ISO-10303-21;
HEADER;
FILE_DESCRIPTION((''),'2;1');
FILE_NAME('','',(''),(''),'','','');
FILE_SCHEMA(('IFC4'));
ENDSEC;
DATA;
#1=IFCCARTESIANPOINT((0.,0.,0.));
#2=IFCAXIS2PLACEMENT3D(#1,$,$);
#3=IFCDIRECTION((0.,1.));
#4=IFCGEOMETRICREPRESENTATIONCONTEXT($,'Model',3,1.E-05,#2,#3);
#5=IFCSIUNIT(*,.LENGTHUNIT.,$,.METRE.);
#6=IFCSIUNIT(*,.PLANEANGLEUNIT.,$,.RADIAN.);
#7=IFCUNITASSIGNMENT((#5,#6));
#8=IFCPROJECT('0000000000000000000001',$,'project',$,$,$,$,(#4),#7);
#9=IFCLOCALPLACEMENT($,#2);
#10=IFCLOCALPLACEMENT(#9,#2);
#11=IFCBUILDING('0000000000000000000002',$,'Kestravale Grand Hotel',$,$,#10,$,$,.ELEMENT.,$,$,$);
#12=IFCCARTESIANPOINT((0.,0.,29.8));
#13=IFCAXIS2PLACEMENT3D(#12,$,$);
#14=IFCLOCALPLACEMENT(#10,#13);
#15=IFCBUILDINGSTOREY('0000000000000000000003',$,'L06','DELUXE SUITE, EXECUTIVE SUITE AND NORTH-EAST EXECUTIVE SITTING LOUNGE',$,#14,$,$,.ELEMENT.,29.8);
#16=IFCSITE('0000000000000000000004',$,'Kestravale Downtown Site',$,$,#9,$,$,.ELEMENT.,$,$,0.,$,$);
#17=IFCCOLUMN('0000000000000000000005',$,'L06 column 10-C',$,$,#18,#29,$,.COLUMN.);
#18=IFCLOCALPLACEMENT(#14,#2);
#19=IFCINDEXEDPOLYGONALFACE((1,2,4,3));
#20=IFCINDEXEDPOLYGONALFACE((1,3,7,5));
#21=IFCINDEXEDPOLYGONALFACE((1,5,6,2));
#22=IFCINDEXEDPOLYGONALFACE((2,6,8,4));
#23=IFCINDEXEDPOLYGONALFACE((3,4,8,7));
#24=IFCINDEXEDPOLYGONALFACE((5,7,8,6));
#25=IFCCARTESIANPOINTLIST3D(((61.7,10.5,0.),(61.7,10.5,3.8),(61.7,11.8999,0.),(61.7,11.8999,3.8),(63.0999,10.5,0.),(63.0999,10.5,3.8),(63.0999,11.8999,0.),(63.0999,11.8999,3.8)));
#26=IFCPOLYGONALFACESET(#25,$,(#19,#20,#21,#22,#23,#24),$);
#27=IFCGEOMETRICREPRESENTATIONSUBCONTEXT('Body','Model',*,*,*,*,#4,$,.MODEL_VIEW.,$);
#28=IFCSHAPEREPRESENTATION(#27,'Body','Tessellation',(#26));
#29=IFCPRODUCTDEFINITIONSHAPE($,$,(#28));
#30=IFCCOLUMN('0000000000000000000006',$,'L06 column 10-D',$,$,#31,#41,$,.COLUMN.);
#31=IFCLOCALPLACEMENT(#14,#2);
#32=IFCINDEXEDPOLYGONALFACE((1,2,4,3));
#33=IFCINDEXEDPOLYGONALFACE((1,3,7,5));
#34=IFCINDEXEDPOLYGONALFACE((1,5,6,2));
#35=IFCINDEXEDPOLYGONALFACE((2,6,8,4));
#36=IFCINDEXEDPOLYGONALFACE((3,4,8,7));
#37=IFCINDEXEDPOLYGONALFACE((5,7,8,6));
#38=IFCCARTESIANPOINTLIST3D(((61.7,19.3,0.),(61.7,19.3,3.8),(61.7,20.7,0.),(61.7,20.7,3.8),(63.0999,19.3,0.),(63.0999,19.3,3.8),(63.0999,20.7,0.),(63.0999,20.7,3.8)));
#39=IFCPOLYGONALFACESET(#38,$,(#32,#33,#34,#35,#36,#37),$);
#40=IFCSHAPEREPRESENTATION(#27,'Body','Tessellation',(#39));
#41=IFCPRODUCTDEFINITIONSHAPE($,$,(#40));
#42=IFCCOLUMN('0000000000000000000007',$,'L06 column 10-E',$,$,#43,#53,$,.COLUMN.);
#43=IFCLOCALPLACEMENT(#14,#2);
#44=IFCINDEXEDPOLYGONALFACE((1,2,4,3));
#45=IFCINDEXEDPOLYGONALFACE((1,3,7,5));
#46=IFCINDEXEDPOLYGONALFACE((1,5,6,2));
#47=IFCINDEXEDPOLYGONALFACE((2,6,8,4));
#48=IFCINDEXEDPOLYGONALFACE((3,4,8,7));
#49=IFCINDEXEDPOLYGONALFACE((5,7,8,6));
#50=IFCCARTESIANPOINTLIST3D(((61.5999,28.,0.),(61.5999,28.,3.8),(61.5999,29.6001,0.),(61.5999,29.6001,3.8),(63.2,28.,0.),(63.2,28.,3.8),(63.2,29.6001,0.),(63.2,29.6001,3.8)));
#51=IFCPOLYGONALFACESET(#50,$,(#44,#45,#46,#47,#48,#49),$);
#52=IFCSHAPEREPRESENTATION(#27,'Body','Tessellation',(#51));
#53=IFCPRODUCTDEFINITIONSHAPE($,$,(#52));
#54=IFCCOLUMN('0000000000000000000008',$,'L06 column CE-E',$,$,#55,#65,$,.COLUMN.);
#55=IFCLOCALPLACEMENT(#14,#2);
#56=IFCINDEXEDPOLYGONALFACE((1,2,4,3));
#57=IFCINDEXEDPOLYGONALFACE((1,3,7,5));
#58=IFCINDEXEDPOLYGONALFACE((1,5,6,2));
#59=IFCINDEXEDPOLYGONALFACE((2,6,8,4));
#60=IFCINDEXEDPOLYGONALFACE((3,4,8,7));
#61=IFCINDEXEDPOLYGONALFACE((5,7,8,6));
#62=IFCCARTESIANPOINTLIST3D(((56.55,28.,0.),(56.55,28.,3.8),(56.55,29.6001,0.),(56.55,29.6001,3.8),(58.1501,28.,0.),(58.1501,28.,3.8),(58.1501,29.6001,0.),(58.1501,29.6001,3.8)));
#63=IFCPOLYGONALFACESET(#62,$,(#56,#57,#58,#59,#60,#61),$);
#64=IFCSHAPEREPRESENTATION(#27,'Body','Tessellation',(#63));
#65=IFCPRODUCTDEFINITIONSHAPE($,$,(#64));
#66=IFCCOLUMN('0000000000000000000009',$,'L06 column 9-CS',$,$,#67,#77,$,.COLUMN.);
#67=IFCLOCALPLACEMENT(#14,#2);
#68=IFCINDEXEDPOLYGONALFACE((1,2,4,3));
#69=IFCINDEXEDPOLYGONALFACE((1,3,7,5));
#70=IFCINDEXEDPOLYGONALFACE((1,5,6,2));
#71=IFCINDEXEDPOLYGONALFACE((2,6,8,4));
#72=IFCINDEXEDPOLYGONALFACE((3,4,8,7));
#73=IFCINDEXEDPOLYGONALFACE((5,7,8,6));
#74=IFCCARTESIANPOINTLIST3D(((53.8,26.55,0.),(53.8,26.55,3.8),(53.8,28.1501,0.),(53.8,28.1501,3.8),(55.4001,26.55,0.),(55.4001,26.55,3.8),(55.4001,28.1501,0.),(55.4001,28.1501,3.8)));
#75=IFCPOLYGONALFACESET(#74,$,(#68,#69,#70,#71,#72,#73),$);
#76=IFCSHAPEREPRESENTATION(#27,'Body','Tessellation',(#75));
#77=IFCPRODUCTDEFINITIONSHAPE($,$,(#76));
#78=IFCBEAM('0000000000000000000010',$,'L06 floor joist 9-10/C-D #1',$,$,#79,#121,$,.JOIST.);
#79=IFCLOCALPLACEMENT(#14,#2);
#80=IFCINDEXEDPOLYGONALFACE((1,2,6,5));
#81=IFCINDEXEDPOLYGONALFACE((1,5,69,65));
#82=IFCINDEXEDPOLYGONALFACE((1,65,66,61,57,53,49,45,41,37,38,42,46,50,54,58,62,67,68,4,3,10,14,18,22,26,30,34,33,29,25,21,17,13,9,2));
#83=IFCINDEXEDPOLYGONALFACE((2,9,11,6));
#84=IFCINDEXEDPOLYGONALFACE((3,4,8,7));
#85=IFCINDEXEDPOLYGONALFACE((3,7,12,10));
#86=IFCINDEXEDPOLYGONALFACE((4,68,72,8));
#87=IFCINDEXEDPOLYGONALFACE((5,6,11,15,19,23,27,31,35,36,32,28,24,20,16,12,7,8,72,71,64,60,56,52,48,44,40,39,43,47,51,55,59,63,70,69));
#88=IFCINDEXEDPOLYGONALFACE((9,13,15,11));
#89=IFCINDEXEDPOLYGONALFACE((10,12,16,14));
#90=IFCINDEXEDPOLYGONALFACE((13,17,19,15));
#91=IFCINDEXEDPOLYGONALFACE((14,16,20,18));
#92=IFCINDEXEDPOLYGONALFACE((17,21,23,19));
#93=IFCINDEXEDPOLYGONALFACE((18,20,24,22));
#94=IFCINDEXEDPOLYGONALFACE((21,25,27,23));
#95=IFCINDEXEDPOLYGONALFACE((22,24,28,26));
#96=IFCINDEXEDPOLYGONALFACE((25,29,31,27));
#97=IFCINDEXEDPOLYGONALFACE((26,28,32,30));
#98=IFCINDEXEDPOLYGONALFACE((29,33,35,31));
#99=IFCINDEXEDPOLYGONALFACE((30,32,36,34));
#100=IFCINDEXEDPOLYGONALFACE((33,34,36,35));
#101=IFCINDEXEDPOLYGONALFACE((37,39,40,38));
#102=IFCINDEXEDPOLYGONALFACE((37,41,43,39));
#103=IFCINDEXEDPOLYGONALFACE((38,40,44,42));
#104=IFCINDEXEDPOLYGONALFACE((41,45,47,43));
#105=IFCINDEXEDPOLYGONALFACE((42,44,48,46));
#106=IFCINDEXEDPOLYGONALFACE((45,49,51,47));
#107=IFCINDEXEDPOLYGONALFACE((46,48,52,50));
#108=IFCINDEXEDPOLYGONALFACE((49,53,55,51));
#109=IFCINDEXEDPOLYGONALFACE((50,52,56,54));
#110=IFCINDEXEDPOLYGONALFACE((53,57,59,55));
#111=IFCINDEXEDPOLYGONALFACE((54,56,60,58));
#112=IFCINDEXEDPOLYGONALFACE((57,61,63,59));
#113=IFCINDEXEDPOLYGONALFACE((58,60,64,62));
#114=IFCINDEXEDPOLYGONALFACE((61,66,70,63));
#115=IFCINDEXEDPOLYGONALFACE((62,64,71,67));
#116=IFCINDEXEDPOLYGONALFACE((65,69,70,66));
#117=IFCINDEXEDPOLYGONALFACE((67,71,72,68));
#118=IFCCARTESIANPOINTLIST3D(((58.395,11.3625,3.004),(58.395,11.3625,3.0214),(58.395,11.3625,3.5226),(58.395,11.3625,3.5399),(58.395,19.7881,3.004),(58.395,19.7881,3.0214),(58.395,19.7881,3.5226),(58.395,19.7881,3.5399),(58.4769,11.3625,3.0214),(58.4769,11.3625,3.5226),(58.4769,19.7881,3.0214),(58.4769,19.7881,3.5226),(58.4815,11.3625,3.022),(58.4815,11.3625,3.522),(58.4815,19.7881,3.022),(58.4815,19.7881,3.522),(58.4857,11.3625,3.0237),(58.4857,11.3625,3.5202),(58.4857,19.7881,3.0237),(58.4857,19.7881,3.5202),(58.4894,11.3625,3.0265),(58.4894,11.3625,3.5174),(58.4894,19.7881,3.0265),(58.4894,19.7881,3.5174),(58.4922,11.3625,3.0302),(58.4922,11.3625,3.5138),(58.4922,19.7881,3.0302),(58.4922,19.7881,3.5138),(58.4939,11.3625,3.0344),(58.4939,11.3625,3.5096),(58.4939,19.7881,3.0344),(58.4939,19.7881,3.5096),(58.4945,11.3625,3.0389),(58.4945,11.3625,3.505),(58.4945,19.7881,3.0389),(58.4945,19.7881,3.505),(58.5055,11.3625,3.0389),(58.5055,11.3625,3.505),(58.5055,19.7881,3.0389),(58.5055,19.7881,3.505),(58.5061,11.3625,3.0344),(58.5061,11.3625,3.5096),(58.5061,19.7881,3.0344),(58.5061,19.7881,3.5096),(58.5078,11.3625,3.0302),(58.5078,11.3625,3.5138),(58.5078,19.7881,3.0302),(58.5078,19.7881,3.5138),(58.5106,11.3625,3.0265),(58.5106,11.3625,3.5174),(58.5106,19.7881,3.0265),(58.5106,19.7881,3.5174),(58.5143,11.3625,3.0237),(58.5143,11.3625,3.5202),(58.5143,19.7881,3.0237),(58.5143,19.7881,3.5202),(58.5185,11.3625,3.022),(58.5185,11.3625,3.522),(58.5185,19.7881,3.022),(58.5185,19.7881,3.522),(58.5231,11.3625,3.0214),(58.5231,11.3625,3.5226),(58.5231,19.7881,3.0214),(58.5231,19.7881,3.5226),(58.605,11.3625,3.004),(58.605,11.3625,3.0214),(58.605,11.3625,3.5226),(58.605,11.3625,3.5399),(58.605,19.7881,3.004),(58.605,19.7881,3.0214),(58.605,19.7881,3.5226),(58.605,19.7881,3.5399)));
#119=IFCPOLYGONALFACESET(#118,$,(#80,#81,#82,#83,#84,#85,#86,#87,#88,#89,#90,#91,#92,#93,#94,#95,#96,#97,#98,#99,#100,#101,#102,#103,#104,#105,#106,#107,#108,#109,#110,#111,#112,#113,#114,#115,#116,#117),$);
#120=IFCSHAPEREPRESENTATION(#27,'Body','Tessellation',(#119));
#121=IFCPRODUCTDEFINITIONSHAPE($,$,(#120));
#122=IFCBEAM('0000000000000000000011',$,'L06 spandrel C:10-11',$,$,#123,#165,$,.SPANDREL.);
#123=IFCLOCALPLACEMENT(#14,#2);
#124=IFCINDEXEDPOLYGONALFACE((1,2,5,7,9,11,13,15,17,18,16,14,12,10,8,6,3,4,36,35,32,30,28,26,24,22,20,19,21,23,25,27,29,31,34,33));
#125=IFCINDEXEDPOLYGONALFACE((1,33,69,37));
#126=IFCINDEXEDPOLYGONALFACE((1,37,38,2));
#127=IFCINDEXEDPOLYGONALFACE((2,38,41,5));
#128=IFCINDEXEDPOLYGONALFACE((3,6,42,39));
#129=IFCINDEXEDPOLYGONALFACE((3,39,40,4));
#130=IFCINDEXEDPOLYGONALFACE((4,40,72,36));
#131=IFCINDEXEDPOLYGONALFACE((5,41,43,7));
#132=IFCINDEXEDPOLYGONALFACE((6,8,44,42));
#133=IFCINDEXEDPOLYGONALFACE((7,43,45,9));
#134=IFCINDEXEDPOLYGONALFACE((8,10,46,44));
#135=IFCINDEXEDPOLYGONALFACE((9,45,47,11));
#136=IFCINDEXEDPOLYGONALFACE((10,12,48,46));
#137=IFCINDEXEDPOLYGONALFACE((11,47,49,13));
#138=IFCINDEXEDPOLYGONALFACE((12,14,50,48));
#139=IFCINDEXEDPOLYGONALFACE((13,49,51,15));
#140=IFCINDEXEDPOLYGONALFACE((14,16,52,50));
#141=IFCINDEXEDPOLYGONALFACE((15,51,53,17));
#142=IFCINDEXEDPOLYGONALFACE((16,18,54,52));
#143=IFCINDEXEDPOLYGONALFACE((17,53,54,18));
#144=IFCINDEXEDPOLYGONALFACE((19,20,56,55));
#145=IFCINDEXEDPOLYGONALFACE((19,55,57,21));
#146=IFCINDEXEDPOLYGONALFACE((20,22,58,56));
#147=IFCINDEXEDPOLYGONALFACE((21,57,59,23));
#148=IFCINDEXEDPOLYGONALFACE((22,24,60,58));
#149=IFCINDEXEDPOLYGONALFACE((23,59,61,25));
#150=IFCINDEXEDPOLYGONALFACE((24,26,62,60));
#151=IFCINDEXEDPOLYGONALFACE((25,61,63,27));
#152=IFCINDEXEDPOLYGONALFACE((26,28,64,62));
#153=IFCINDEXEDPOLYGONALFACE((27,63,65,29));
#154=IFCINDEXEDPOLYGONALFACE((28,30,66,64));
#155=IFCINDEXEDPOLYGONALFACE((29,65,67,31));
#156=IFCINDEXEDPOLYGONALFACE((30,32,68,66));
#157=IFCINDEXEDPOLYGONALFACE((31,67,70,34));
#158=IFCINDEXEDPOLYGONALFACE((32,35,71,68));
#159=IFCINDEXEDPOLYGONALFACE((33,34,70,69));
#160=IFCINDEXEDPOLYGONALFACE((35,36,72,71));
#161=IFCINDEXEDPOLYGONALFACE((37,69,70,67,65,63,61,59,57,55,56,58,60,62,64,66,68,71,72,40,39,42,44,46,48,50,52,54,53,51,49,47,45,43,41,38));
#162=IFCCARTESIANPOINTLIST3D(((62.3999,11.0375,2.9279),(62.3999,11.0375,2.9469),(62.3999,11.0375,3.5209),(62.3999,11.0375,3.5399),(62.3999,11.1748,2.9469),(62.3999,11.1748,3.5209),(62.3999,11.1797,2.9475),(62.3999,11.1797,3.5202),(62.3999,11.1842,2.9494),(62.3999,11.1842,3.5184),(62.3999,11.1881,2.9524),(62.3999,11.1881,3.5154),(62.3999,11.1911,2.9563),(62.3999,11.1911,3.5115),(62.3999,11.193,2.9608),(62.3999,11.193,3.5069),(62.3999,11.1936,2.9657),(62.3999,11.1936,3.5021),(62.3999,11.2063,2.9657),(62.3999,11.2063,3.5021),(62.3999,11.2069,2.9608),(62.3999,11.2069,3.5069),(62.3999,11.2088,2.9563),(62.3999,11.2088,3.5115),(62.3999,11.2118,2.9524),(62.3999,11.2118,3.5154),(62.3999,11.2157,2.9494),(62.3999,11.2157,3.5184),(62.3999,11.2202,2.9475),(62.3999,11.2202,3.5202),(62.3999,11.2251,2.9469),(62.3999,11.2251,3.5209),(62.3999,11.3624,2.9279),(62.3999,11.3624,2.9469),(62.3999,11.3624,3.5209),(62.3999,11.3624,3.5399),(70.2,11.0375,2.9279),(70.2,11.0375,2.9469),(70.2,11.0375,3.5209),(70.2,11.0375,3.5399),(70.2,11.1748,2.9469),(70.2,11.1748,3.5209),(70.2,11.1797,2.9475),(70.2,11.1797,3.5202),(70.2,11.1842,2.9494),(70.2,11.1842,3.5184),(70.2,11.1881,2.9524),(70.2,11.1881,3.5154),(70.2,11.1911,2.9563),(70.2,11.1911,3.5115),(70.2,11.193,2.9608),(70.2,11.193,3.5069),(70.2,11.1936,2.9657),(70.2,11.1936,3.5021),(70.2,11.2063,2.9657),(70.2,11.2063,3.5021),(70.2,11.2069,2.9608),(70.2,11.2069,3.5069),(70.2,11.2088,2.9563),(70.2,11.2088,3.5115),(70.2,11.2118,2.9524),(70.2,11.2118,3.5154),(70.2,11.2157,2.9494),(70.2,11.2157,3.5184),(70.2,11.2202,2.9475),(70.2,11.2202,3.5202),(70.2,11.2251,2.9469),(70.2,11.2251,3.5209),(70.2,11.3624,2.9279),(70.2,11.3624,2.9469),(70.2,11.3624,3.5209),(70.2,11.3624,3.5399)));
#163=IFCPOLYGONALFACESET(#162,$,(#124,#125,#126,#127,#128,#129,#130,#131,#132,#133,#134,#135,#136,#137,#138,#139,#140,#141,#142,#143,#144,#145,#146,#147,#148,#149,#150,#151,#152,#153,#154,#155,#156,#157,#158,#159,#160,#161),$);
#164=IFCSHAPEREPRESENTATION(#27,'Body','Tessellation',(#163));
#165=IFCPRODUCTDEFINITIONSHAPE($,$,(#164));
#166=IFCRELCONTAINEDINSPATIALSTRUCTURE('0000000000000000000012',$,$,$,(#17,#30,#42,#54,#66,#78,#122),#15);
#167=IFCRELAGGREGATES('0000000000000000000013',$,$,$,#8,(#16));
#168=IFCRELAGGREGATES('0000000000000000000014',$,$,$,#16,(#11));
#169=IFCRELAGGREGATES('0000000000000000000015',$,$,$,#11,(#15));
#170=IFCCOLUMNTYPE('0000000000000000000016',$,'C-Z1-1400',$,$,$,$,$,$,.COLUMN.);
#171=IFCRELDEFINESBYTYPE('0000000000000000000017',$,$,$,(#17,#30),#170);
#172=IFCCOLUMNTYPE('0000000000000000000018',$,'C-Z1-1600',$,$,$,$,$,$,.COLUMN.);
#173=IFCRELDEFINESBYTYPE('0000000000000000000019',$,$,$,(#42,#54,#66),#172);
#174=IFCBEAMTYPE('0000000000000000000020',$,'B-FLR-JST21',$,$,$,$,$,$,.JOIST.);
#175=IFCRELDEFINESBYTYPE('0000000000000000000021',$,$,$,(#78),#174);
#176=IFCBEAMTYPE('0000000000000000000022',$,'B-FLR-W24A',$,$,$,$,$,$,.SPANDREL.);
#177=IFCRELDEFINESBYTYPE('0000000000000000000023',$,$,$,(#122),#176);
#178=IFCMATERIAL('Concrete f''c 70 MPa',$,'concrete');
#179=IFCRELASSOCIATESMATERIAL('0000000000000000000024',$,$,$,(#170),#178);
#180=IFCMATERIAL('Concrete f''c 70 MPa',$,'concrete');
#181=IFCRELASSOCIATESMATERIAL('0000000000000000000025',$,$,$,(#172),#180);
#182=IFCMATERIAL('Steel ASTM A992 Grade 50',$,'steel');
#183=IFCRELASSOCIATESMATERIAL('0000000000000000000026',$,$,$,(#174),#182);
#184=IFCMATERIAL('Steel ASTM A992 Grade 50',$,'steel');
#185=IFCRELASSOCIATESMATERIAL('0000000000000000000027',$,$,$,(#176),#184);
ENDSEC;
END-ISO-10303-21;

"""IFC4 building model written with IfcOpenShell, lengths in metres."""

from ifc_helpers import new_model, si_unit, direction, frame, origin, origin_2d, place, context, subcontext, project, spatial, rectangle, i_section, extrude, material, material_profile, profile_set, type_object, element, save


model = new_model("IFC4")

# Units and contexts
model_context = context("Model", 3, precision=1e-05, world=origin(), true_north=direction((0.0, 1.0)))
body_context = subcontext(model_context, "Body", "Model", "MODEL_VIEW")
ifc_project = project(units=[si_unit("LENGTHUNIT", "METRE"), si_unit("PLANEANGLEUNIT", "RADIAN")], contexts=[model_context])

# Site, building, storey
site_placement = place(None, origin())
site = spatial("IfcSite", under=ifc_project, at=site_placement, Name="Kestravale Downtown Site", CompositionType="ELEMENT", RefElevation=0.0)
building_placement = place(site_placement, origin())
building = spatial("IfcBuilding", under=site, at=building_placement, Name="Kestravale Grand Hotel", CompositionType="ELEMENT")
storey_placement = place(building_placement, frame((0.0, 0.0, 29.8)))
storey = spatial("IfcBuildingStorey", under=building, at=storey_placement, Name="L06", Description="DELUXE SUITE, EXECUTIVE SUITE AND NORTH-EAST EXECUTIVE SITTING LOUNGE", CompositionType="ELEMENT", Elevation=29.8)

# Columns
ifc_material_1 = material(Name="Concrete f'c 70 MPa", Category="concrete")
ifc_material_profile_1 = material_profile(ifc_material_1, rectangle(XDim=1.3999, YDim=1.3999, at=origin_2d()))
ifc_profile_set_1 = profile_set([ifc_material_profile_1], Name="Concrete f'c 70 MPa")
column_type_1 = type_object("IfcColumnType", Name="C-Z1-1400", PredefinedType="COLUMN", material=ifc_profile_set_1)
for number, where, z_axis, x_axis, name in (
    (1, (62.3999, 11.2, 0.0), (0.0, 0.0, 1.0), (1.0, 0.0, 0.0), "L06 column 10-C"),
    (2, (62.3999, 20.0, 0.0), (0.0, 0.0, 1.0), (1.0, 0.0, 0.0), "L06 column 10-D"),
):
    element("IfcColumn", number, at=place(storey_placement, frame(where, z_axis=z_axis, x_axis=x_axis)), inside=storey, type_object=column_type_1, Name=name, PredefinedType="COLUMN", context=body_context, shape_type="SweptSolid", body=[
        extrude(rectangle(XDim=1.3999, YDim=1.3999, at=origin_2d()), origin(), (0.0, 0.0, 1.0), 3.8),
    ])
ifc_material_2 = material(Name="Concrete f'c 70 MPa", Category="concrete")
ifc_material_profile_2 = material_profile(ifc_material_2, rectangle(XDim=1.6001, YDim=1.6001, at=origin_2d()))
ifc_profile_set_2 = profile_set([ifc_material_profile_2], Name="Concrete f'c 70 MPa")
column_type_2 = type_object("IfcColumnType", Name="C-Z1-1600", PredefinedType="COLUMN", material=ifc_profile_set_2)
for number, where, z_axis, x_axis, name in (
    (3, (62.3999, 28.8, 0.0), (0.0, 0.0, 1.0), (1.0, 0.0, 0.0), "L06 column 10-E"),
    (4, (57.3501, 28.8, 0.0), (0.0, 0.0, 1.0), (1.0, 0.0, 0.0), "L06 column CE-E"),
    (5, (54.6001, 27.3501, 0.0), (0.0, 0.0, 1.0), (1.0, 0.0, 0.0), "L06 column 9-CS"),
):
    element("IfcColumn", number, at=place(storey_placement, frame(where, z_axis=z_axis, x_axis=x_axis)), inside=storey, type_object=column_type_2, Name=name, PredefinedType="COLUMN", context=body_context, shape_type="SweptSolid", body=[
        extrude(rectangle(XDim=1.6001, YDim=1.6001, at=origin_2d()), origin(), (0.0, 0.0, 1.0), 3.8),
    ])

# Beams
ifc_material_3 = material(Name="Steel ASTM A992 Grade 50", Category="steel")
ifc_material_profile_3 = material_profile(ifc_material_3, i_section(OverallWidth=0.21, OverallDepth=0.5359, WebThickness=0.011, FlangeThickness=0.0173, FilletRadius=0.0176, at=origin_2d()))
ifc_profile_set_3 = profile_set([ifc_material_profile_3], Name="Steel ASTM A992 Grade 50")
beam_type_1 = type_object("IfcBeamType", Name="B-FLR-JST21", PredefinedType="JOIST", material=ifc_profile_set_3)
beam_1_placement = place(storey_placement, frame((58.5, 11.3625, 3.272), z_axis=(0.0, 1.0, 0.0), x_axis=(-1.0, 0.0, 0.0)))
element("IfcBeam", 6, at=beam_1_placement, inside=storey, type_object=beam_type_1, Name="L06 floor joist 9-10/C-D #1", PredefinedType="JOIST", context=body_context, shape_type="SweptSolid", body=[
    extrude(i_section(OverallWidth=0.21, OverallDepth=0.5359, WebThickness=0.011, FlangeThickness=0.0173, FilletRadius=0.0176, at=origin_2d()), origin(), (0.0, 0.0, 1.0), 8.4255),
])
ifc_material_4 = material(Name="Steel ASTM A992 Grade 50", Category="steel")
ifc_material_profile_4 = material_profile(ifc_material_4, i_section(OverallWidth=0.325, OverallDepth=0.6121, WebThickness=0.0127, FlangeThickness=0.019, FilletRadius=0.0188, at=origin_2d()))
ifc_profile_set_4 = profile_set([ifc_material_profile_4], Name="Steel ASTM A992 Grade 50")
beam_type_2 = type_object("IfcBeamType", Name="B-FLR-W24A", PredefinedType="SPANDREL", material=ifc_profile_set_4)
beam_2_placement = place(storey_placement, frame((62.3999, 11.2, 3.2339), z_axis=(1.0, 0.0, 0.0), x_axis=(0.0, 1.0, 0.0)))
element("IfcBeam", 7, at=beam_2_placement, inside=storey, type_object=beam_type_2, Name="L06 spandrel C:10-11", PredefinedType="SPANDREL", context=body_context, shape_type="SweptSolid", body=[
    extrude(i_section(OverallWidth=0.325, OverallDepth=0.6121, WebThickness=0.0127, FlangeThickness=0.019, FilletRadius=0.0188, at=origin_2d()), origin(), (0.0, 0.0, 1.0), 7.8),
])

save(model, "model.ifc")
